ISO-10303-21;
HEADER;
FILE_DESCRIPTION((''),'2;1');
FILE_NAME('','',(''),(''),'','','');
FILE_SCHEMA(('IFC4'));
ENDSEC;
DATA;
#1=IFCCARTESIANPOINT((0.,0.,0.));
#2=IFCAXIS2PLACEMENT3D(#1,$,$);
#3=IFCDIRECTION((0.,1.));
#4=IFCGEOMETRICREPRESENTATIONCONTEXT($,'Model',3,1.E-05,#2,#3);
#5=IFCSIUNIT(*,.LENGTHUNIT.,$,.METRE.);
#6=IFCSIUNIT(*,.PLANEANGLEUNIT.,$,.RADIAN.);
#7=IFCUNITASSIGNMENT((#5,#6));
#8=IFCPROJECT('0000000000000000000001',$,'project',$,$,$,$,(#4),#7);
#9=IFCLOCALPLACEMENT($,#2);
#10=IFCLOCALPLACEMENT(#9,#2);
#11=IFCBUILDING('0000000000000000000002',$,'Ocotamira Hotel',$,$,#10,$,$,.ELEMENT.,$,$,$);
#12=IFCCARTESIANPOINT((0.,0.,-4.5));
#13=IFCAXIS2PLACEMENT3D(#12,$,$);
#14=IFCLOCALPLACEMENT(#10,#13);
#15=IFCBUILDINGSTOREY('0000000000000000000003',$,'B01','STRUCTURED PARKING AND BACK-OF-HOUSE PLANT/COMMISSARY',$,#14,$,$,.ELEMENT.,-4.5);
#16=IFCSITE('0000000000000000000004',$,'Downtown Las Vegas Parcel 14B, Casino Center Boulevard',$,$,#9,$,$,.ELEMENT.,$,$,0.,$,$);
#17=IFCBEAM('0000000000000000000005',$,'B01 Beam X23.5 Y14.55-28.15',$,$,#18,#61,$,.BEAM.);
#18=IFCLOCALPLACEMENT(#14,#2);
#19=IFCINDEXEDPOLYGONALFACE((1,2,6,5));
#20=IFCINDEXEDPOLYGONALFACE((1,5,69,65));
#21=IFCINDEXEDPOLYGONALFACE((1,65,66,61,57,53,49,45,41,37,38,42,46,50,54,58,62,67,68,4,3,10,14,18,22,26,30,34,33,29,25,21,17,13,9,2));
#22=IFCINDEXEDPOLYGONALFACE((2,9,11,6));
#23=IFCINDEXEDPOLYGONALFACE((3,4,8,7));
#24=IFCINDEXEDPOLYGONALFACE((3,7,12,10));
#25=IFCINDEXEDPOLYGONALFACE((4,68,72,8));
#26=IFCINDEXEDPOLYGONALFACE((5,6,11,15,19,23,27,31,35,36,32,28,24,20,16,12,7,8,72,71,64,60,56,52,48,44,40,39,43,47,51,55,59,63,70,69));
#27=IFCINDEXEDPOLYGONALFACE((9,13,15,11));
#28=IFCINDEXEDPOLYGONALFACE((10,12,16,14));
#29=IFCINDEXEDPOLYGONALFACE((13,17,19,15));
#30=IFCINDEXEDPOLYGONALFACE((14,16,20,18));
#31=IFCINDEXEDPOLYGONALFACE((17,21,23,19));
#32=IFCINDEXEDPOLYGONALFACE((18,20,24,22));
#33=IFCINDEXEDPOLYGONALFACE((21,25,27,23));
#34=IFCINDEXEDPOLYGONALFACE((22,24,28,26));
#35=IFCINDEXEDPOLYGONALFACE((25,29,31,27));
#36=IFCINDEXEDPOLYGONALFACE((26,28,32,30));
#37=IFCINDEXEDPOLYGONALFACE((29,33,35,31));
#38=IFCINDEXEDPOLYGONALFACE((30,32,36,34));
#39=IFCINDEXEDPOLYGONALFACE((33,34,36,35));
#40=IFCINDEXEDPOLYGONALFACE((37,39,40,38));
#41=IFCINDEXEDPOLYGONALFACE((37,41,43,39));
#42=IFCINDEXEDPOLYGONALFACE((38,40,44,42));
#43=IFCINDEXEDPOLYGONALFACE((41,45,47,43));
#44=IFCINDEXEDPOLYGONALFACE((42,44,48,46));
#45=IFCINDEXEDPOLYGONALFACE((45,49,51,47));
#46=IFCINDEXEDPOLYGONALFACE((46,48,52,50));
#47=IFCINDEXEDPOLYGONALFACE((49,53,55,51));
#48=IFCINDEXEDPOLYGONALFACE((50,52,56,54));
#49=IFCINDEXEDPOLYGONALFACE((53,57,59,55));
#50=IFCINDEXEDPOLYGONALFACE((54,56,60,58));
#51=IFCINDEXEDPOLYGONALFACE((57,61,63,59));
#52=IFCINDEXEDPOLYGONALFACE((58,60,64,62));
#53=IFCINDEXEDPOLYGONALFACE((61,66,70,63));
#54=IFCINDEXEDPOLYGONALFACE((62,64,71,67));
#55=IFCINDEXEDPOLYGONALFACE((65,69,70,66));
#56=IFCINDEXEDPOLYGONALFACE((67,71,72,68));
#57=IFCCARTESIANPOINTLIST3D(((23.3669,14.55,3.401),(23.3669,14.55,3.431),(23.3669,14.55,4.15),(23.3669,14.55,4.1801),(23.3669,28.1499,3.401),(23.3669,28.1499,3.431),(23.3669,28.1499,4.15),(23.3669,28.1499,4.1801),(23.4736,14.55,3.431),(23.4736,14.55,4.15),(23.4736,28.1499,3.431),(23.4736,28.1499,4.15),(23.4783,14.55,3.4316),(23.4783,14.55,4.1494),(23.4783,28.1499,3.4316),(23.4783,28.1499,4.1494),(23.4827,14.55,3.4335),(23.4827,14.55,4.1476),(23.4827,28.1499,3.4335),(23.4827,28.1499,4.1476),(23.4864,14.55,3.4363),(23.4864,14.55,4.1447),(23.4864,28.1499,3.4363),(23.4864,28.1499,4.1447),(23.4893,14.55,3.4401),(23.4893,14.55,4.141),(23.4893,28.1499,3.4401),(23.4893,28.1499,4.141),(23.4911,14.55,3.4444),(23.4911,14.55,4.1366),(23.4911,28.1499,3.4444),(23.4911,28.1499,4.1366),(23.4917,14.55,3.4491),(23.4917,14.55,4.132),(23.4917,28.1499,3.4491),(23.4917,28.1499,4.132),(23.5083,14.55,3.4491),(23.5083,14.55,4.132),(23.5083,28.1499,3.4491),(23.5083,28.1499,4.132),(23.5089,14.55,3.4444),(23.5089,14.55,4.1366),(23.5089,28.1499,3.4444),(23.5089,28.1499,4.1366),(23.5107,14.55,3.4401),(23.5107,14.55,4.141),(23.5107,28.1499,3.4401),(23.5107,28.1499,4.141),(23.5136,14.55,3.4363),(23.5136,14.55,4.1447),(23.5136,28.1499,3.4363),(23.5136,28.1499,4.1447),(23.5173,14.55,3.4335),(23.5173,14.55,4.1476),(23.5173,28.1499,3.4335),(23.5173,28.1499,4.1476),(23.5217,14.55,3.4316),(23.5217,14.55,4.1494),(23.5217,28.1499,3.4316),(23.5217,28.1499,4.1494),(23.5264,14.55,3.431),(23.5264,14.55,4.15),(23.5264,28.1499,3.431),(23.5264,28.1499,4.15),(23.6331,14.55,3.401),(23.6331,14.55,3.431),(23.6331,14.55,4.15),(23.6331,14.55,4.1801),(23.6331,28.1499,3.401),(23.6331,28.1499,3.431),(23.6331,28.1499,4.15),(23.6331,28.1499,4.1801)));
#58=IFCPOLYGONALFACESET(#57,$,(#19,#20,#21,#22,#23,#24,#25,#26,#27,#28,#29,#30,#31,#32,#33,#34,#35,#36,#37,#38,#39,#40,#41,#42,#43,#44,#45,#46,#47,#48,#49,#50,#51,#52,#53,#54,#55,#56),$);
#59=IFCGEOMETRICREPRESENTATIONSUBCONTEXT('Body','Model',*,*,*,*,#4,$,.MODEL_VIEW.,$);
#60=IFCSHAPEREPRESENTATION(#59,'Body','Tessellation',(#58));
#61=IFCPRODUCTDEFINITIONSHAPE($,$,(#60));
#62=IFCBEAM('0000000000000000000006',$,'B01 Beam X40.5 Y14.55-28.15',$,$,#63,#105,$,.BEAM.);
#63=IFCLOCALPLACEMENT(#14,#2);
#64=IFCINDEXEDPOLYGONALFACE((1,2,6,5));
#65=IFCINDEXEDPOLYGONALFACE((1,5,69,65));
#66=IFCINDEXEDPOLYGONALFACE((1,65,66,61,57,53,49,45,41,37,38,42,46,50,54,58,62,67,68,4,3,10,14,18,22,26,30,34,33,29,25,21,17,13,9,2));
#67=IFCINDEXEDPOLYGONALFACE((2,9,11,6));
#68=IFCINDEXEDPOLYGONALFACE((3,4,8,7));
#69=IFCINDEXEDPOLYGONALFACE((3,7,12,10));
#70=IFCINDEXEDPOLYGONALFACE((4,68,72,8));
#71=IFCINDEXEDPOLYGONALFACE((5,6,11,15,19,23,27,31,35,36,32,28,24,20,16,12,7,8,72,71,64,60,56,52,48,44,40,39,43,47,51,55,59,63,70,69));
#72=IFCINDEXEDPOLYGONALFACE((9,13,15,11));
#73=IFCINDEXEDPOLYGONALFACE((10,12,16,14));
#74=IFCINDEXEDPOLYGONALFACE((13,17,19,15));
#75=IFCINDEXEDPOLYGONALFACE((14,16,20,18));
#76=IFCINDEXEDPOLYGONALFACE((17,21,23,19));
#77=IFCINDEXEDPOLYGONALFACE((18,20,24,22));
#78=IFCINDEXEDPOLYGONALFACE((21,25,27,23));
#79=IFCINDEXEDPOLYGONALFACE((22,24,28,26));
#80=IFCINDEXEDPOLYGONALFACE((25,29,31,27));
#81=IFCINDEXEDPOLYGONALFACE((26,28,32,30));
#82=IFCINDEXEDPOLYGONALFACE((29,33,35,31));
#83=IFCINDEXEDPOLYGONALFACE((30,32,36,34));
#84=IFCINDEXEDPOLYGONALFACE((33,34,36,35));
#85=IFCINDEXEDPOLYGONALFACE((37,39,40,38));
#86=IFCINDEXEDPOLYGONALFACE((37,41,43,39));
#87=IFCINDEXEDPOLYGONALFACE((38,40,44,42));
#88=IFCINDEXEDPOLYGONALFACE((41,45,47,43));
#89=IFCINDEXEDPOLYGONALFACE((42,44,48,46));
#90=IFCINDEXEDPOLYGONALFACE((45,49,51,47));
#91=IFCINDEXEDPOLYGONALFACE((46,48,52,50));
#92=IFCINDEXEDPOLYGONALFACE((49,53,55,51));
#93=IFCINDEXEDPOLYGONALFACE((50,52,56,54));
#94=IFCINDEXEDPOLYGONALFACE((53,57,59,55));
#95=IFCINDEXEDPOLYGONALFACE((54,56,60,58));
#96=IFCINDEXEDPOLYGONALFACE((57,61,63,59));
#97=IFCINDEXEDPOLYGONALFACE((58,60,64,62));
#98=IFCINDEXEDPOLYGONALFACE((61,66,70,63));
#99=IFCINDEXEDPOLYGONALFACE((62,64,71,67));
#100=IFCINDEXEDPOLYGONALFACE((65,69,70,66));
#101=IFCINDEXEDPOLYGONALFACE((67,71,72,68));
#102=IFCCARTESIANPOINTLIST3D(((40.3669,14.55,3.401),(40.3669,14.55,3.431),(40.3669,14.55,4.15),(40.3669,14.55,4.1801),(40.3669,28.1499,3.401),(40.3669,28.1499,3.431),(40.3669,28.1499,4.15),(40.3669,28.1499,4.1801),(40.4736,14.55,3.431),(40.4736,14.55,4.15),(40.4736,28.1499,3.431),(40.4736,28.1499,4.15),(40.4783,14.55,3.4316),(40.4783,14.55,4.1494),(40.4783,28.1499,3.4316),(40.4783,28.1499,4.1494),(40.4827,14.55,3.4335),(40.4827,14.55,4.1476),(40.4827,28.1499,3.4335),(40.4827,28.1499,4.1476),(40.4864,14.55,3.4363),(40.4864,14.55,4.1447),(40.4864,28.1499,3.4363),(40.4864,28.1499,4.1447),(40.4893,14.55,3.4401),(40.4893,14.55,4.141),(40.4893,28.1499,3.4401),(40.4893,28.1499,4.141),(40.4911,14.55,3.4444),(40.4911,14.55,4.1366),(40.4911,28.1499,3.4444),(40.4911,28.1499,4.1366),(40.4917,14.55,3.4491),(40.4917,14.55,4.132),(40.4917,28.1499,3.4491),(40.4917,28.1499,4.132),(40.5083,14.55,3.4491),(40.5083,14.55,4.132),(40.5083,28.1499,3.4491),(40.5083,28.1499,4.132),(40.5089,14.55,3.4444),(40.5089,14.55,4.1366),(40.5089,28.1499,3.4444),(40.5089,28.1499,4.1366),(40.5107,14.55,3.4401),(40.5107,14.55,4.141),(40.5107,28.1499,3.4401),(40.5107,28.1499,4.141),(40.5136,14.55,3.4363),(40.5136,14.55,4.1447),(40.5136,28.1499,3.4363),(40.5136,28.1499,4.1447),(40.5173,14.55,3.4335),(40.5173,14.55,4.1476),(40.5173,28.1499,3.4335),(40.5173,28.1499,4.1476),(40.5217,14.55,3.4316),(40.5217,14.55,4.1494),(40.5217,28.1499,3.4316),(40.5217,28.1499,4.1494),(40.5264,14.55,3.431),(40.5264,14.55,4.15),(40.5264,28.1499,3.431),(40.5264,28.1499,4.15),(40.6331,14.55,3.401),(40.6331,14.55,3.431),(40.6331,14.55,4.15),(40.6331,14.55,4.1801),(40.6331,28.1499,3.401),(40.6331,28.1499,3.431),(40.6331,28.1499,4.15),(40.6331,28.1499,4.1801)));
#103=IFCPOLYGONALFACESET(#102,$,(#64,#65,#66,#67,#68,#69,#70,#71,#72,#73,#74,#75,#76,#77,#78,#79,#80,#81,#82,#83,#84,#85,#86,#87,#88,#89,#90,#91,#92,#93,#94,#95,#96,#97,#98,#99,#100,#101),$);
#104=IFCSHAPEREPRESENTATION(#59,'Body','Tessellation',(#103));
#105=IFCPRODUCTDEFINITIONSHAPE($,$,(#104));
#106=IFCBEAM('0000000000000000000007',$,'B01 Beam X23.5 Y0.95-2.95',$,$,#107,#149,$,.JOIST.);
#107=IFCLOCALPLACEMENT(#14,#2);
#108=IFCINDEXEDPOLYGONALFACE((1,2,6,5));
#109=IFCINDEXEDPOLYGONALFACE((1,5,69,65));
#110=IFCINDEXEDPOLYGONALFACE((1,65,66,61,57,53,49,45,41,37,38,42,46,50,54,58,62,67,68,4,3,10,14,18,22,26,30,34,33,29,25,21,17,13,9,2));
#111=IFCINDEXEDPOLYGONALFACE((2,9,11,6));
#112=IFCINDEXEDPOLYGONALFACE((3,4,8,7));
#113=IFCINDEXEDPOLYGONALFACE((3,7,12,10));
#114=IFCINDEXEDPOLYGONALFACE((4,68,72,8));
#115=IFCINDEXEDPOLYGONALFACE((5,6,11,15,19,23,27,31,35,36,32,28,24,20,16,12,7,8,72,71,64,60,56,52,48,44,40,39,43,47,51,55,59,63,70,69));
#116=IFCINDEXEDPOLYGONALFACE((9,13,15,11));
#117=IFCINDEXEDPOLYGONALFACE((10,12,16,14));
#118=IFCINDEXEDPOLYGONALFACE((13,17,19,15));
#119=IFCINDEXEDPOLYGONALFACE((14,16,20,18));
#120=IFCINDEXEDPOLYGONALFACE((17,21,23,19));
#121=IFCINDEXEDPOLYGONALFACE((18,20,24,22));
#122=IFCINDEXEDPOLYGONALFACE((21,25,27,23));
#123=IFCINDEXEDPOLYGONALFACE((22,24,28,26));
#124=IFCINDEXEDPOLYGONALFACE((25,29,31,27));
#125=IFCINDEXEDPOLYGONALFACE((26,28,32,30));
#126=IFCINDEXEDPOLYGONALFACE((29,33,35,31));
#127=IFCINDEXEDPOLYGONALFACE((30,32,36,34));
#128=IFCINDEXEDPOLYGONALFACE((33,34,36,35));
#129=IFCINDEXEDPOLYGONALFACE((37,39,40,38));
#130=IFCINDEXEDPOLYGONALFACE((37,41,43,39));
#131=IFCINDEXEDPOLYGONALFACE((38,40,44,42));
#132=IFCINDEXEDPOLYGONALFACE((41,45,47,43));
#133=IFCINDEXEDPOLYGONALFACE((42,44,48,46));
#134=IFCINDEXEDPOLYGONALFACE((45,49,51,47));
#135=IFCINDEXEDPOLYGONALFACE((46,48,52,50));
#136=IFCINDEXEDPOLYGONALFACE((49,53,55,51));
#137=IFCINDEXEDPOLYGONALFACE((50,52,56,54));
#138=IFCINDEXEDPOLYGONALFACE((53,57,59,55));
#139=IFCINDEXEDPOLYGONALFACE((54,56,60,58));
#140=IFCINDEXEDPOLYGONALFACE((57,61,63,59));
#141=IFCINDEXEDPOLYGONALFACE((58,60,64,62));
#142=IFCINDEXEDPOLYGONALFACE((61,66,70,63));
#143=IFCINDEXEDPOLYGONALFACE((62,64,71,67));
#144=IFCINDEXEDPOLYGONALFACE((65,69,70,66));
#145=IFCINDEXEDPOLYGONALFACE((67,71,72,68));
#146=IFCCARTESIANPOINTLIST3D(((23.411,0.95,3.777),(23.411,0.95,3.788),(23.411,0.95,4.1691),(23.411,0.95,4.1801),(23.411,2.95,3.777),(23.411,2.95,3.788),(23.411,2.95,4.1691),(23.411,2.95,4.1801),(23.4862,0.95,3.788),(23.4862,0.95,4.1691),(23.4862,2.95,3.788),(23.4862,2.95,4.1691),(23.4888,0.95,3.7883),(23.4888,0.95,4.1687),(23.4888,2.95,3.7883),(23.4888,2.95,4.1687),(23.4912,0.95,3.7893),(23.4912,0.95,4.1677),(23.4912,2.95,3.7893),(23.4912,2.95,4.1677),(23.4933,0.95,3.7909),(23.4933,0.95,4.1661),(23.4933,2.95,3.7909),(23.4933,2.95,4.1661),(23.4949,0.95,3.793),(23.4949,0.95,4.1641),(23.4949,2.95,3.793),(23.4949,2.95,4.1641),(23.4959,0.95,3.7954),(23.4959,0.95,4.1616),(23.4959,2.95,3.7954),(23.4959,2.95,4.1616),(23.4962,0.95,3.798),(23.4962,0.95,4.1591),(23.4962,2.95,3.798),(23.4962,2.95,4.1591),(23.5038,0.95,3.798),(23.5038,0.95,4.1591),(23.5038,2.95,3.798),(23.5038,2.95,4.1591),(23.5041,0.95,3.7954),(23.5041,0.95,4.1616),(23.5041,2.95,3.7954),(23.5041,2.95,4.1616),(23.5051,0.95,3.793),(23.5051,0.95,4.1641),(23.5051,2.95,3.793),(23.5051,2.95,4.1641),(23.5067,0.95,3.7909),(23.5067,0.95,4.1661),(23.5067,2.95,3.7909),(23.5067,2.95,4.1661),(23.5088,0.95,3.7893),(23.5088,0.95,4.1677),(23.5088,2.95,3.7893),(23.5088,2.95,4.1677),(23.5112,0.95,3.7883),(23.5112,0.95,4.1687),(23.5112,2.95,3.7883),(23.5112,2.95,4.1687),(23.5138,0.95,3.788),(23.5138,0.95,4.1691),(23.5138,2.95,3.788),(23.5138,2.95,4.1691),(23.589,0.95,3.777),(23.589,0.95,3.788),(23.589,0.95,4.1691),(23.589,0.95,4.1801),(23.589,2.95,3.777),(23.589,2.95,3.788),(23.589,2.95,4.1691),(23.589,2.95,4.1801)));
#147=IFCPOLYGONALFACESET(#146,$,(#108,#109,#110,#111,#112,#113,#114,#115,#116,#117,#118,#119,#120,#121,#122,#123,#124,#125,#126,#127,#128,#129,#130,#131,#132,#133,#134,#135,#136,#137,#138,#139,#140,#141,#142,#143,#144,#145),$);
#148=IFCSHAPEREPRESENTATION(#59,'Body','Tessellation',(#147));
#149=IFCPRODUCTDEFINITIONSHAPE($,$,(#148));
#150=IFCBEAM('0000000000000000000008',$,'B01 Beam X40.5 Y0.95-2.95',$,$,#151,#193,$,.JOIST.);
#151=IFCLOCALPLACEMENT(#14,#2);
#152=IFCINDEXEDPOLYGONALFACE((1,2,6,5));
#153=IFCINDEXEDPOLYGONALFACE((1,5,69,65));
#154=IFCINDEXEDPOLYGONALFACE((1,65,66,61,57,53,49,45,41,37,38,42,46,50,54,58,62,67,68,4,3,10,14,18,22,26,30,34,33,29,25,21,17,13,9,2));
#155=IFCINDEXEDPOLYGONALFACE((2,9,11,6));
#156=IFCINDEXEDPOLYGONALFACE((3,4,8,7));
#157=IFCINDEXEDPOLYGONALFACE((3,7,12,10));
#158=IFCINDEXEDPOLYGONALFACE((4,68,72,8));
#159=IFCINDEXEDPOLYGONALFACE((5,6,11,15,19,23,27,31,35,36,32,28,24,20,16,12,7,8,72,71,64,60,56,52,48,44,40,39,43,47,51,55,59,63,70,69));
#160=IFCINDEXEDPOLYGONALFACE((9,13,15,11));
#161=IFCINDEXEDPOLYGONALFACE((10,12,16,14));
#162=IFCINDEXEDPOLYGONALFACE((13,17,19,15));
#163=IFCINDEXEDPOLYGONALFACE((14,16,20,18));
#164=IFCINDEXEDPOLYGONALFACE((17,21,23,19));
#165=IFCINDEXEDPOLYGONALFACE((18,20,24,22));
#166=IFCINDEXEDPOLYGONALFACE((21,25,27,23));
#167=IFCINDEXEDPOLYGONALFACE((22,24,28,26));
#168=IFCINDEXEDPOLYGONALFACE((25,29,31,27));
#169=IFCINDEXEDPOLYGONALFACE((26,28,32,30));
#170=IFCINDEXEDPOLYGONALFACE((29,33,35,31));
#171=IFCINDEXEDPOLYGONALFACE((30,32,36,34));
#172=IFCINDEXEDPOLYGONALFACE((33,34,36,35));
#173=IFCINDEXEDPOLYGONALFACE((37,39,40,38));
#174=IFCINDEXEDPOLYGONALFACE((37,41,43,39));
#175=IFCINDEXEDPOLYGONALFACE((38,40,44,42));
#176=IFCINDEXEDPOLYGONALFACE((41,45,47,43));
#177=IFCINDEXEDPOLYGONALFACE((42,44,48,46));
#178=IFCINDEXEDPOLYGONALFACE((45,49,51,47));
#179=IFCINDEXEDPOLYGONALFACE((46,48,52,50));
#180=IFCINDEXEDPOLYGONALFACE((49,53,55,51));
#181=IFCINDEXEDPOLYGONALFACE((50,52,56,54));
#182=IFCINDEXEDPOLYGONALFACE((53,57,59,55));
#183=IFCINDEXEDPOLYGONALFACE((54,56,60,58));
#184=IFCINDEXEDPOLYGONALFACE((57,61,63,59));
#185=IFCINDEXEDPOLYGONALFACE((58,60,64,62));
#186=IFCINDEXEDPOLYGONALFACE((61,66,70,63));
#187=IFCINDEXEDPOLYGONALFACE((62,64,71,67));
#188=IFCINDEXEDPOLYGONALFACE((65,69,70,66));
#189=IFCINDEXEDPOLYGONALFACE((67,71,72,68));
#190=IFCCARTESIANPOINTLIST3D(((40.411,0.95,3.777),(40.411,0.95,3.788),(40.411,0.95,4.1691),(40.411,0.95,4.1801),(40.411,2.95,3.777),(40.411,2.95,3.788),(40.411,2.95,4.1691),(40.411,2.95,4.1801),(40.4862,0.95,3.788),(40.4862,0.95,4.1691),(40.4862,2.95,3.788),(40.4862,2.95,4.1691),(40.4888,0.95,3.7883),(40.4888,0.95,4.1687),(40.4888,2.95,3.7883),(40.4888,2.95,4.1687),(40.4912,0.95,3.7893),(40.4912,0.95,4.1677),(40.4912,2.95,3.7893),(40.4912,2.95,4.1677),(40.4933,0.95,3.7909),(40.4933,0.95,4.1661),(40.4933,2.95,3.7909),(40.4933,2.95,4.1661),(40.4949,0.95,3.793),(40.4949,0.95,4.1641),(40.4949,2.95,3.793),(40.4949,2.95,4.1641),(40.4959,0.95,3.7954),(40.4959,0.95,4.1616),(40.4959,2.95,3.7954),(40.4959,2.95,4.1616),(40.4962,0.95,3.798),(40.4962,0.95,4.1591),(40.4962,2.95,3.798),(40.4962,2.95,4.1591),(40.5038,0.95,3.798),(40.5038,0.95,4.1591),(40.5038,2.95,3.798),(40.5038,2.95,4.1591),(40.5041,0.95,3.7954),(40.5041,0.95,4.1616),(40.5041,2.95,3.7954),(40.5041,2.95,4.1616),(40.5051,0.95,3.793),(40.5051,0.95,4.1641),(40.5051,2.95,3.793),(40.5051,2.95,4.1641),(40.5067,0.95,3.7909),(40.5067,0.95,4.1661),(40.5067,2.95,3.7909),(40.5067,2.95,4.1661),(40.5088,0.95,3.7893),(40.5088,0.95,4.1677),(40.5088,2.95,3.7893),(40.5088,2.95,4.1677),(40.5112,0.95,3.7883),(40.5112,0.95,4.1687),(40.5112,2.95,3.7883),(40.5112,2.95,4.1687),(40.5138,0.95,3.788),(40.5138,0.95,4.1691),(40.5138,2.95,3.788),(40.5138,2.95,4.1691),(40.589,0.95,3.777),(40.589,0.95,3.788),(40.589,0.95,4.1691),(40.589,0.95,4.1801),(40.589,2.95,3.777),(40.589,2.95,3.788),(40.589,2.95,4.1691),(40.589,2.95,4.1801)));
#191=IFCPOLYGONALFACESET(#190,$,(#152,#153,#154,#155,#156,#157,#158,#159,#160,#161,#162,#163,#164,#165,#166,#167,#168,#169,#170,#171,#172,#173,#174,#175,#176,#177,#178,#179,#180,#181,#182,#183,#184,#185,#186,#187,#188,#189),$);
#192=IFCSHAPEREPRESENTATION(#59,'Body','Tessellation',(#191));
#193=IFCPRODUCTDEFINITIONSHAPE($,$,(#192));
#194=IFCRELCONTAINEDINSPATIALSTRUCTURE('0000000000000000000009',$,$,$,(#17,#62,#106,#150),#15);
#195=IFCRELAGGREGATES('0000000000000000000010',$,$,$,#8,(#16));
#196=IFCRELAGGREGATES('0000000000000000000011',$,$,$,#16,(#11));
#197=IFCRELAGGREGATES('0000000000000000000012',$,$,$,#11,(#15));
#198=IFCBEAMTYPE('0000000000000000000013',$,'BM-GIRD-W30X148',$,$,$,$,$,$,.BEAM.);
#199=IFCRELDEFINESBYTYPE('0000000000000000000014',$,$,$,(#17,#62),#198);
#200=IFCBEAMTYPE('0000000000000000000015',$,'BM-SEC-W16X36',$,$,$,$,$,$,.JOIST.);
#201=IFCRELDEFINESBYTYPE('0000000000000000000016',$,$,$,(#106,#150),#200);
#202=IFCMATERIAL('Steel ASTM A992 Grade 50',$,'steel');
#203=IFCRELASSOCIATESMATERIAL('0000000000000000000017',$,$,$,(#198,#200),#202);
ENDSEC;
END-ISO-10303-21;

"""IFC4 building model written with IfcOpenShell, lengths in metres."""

from ifc_helpers import new_model, si_unit, direction, frame, origin, origin_2d, place, context, subcontext, project, spatial, i_section, extrude, source, transform, mapped, material, material_profile, profile_set, type_object, element, save


model = new_model("IFC4")

# Units and contexts
model_context = context("Model", 3, precision=1e-05, world=origin(), true_north=direction((0.0, 1.0)))
body_context = subcontext(model_context, "Body", "Model", "MODEL_VIEW")
ifc_project = project(units=[si_unit("LENGTHUNIT", "METRE"), si_unit("PLANEANGLEUNIT", "RADIAN")], contexts=[model_context])

# Site, building, storey
site_placement = place(None, origin())
site = spatial("IfcSite", under=ifc_project, at=site_placement, Name="Downtown Las Vegas Parcel 14B, Casino Center Boulevard", CompositionType="ELEMENT", RefElevation=0.0)
building_placement = place(site_placement, origin())
building = spatial("IfcBuilding", under=site, at=building_placement, Name="Ocotamira Hotel", CompositionType="ELEMENT")
storey_placement = place(building_placement, frame((0.0, 0.0, -4.5)))
storey = spatial("IfcBuildingStorey", under=building, at=storey_placement, Name="B01", Description="STRUCTURED PARKING AND BACK-OF-HOUSE PLANT/COMMISSARY", CompositionType="ELEMENT", Elevation=-4.5)

# Beams
ifc_material_1 = material(Name="Steel ASTM A992 Grade 50", Category="steel")
ifc_material_profile_1 = material_profile(ifc_material_1, i_section(OverallWidth=0.2661, OverallDepth=0.7791, WebThickness=0.0166, FlangeThickness=0.03, FilletRadius=0.0181, at=origin_2d()), Name="W30X148")
ifc_profile_set_1 = profile_set([ifc_material_profile_1], Name="Steel ASTM A992 Grade 50")
beam_type_1 = type_object("IfcBeamType", Name="BM-GIRD-W30X148", PredefinedType="BEAM", material=ifc_profile_set_1)
shared_shape_1 = source(origin(), body_context, "Body", "SweptSolid", [
    extrude(i_section(OverallWidth=0.2661, OverallDepth=0.7791, WebThickness=0.0166, FlangeThickness=0.03, FilletRadius=0.0181, at=origin_2d()), origin(), (0.0, 0.0, 1.0), 13.5999),
])
for number, where, z_axis, x_axis, name in (
    (1, (23.5, 14.55, 3.7905), (0.0, 1.0, 0.0), (-1.0, 0.0, 0.0), "B01 Beam X23.5 Y14.55-28.15"),
    (2, (40.5, 14.55, 3.7905), (0.0, 1.0, 0.0), (-1.0, 0.0, 0.0), "B01 Beam X40.5 Y14.55-28.15"),
):
    element("IfcBeam", number, at=place(storey_placement, frame(where, z_axis=z_axis, x_axis=x_axis)), inside=storey, type_object=beam_type_1, Name=name, PredefinedType="BEAM", context=body_context, shape_type="MappedRepresentation", body=[
        mapped(shared_shape_1, transform((0.0, 0.0, 0.0), scale=1.0)),
    ])
ifc_material_profile_2 = material_profile(ifc_material_1, i_section(OverallWidth=0.178, OverallDepth=0.4031, WebThickness=0.0076, FlangeThickness=0.011, FilletRadius=0.01, at=origin_2d()), Name="W16X36")
ifc_profile_set_2 = profile_set([ifc_material_profile_2], Name="Steel ASTM A992 Grade 50")
beam_type_2 = type_object("IfcBeamType", Name="BM-SEC-W16X36", PredefinedType="JOIST", material=ifc_profile_set_2)
shared_shape_2 = source(origin(), body_context, "Body", "SweptSolid", [
    extrude(i_section(OverallWidth=0.178, OverallDepth=0.4031, WebThickness=0.0076, FlangeThickness=0.011, FilletRadius=0.01, at=origin_2d()), origin(), (0.0, 0.0, 1.0), 2.0),
])
for number, where, z_axis, x_axis, name in (
    (3, (23.5, 0.95, 3.9785), (0.0, 1.0, 0.0), (-1.0, 0.0, 0.0), "B01 Beam X23.5 Y0.95-2.95"),
    (4, (40.5, 0.95, 3.9785), (0.0, 1.0, 0.0), (-1.0, 0.0, 0.0), "B01 Beam X40.5 Y0.95-2.95"),
):
    element("IfcBeam", number, at=place(storey_placement, frame(where, z_axis=z_axis, x_axis=x_axis)), inside=storey, type_object=beam_type_2, Name=name, PredefinedType="JOIST", context=body_context, shape_type="MappedRepresentation", body=[
        mapped(shared_shape_2, transform((0.0, 0.0, 0.0), scale=1.0)),
    ])

save(model, "model.ifc")
